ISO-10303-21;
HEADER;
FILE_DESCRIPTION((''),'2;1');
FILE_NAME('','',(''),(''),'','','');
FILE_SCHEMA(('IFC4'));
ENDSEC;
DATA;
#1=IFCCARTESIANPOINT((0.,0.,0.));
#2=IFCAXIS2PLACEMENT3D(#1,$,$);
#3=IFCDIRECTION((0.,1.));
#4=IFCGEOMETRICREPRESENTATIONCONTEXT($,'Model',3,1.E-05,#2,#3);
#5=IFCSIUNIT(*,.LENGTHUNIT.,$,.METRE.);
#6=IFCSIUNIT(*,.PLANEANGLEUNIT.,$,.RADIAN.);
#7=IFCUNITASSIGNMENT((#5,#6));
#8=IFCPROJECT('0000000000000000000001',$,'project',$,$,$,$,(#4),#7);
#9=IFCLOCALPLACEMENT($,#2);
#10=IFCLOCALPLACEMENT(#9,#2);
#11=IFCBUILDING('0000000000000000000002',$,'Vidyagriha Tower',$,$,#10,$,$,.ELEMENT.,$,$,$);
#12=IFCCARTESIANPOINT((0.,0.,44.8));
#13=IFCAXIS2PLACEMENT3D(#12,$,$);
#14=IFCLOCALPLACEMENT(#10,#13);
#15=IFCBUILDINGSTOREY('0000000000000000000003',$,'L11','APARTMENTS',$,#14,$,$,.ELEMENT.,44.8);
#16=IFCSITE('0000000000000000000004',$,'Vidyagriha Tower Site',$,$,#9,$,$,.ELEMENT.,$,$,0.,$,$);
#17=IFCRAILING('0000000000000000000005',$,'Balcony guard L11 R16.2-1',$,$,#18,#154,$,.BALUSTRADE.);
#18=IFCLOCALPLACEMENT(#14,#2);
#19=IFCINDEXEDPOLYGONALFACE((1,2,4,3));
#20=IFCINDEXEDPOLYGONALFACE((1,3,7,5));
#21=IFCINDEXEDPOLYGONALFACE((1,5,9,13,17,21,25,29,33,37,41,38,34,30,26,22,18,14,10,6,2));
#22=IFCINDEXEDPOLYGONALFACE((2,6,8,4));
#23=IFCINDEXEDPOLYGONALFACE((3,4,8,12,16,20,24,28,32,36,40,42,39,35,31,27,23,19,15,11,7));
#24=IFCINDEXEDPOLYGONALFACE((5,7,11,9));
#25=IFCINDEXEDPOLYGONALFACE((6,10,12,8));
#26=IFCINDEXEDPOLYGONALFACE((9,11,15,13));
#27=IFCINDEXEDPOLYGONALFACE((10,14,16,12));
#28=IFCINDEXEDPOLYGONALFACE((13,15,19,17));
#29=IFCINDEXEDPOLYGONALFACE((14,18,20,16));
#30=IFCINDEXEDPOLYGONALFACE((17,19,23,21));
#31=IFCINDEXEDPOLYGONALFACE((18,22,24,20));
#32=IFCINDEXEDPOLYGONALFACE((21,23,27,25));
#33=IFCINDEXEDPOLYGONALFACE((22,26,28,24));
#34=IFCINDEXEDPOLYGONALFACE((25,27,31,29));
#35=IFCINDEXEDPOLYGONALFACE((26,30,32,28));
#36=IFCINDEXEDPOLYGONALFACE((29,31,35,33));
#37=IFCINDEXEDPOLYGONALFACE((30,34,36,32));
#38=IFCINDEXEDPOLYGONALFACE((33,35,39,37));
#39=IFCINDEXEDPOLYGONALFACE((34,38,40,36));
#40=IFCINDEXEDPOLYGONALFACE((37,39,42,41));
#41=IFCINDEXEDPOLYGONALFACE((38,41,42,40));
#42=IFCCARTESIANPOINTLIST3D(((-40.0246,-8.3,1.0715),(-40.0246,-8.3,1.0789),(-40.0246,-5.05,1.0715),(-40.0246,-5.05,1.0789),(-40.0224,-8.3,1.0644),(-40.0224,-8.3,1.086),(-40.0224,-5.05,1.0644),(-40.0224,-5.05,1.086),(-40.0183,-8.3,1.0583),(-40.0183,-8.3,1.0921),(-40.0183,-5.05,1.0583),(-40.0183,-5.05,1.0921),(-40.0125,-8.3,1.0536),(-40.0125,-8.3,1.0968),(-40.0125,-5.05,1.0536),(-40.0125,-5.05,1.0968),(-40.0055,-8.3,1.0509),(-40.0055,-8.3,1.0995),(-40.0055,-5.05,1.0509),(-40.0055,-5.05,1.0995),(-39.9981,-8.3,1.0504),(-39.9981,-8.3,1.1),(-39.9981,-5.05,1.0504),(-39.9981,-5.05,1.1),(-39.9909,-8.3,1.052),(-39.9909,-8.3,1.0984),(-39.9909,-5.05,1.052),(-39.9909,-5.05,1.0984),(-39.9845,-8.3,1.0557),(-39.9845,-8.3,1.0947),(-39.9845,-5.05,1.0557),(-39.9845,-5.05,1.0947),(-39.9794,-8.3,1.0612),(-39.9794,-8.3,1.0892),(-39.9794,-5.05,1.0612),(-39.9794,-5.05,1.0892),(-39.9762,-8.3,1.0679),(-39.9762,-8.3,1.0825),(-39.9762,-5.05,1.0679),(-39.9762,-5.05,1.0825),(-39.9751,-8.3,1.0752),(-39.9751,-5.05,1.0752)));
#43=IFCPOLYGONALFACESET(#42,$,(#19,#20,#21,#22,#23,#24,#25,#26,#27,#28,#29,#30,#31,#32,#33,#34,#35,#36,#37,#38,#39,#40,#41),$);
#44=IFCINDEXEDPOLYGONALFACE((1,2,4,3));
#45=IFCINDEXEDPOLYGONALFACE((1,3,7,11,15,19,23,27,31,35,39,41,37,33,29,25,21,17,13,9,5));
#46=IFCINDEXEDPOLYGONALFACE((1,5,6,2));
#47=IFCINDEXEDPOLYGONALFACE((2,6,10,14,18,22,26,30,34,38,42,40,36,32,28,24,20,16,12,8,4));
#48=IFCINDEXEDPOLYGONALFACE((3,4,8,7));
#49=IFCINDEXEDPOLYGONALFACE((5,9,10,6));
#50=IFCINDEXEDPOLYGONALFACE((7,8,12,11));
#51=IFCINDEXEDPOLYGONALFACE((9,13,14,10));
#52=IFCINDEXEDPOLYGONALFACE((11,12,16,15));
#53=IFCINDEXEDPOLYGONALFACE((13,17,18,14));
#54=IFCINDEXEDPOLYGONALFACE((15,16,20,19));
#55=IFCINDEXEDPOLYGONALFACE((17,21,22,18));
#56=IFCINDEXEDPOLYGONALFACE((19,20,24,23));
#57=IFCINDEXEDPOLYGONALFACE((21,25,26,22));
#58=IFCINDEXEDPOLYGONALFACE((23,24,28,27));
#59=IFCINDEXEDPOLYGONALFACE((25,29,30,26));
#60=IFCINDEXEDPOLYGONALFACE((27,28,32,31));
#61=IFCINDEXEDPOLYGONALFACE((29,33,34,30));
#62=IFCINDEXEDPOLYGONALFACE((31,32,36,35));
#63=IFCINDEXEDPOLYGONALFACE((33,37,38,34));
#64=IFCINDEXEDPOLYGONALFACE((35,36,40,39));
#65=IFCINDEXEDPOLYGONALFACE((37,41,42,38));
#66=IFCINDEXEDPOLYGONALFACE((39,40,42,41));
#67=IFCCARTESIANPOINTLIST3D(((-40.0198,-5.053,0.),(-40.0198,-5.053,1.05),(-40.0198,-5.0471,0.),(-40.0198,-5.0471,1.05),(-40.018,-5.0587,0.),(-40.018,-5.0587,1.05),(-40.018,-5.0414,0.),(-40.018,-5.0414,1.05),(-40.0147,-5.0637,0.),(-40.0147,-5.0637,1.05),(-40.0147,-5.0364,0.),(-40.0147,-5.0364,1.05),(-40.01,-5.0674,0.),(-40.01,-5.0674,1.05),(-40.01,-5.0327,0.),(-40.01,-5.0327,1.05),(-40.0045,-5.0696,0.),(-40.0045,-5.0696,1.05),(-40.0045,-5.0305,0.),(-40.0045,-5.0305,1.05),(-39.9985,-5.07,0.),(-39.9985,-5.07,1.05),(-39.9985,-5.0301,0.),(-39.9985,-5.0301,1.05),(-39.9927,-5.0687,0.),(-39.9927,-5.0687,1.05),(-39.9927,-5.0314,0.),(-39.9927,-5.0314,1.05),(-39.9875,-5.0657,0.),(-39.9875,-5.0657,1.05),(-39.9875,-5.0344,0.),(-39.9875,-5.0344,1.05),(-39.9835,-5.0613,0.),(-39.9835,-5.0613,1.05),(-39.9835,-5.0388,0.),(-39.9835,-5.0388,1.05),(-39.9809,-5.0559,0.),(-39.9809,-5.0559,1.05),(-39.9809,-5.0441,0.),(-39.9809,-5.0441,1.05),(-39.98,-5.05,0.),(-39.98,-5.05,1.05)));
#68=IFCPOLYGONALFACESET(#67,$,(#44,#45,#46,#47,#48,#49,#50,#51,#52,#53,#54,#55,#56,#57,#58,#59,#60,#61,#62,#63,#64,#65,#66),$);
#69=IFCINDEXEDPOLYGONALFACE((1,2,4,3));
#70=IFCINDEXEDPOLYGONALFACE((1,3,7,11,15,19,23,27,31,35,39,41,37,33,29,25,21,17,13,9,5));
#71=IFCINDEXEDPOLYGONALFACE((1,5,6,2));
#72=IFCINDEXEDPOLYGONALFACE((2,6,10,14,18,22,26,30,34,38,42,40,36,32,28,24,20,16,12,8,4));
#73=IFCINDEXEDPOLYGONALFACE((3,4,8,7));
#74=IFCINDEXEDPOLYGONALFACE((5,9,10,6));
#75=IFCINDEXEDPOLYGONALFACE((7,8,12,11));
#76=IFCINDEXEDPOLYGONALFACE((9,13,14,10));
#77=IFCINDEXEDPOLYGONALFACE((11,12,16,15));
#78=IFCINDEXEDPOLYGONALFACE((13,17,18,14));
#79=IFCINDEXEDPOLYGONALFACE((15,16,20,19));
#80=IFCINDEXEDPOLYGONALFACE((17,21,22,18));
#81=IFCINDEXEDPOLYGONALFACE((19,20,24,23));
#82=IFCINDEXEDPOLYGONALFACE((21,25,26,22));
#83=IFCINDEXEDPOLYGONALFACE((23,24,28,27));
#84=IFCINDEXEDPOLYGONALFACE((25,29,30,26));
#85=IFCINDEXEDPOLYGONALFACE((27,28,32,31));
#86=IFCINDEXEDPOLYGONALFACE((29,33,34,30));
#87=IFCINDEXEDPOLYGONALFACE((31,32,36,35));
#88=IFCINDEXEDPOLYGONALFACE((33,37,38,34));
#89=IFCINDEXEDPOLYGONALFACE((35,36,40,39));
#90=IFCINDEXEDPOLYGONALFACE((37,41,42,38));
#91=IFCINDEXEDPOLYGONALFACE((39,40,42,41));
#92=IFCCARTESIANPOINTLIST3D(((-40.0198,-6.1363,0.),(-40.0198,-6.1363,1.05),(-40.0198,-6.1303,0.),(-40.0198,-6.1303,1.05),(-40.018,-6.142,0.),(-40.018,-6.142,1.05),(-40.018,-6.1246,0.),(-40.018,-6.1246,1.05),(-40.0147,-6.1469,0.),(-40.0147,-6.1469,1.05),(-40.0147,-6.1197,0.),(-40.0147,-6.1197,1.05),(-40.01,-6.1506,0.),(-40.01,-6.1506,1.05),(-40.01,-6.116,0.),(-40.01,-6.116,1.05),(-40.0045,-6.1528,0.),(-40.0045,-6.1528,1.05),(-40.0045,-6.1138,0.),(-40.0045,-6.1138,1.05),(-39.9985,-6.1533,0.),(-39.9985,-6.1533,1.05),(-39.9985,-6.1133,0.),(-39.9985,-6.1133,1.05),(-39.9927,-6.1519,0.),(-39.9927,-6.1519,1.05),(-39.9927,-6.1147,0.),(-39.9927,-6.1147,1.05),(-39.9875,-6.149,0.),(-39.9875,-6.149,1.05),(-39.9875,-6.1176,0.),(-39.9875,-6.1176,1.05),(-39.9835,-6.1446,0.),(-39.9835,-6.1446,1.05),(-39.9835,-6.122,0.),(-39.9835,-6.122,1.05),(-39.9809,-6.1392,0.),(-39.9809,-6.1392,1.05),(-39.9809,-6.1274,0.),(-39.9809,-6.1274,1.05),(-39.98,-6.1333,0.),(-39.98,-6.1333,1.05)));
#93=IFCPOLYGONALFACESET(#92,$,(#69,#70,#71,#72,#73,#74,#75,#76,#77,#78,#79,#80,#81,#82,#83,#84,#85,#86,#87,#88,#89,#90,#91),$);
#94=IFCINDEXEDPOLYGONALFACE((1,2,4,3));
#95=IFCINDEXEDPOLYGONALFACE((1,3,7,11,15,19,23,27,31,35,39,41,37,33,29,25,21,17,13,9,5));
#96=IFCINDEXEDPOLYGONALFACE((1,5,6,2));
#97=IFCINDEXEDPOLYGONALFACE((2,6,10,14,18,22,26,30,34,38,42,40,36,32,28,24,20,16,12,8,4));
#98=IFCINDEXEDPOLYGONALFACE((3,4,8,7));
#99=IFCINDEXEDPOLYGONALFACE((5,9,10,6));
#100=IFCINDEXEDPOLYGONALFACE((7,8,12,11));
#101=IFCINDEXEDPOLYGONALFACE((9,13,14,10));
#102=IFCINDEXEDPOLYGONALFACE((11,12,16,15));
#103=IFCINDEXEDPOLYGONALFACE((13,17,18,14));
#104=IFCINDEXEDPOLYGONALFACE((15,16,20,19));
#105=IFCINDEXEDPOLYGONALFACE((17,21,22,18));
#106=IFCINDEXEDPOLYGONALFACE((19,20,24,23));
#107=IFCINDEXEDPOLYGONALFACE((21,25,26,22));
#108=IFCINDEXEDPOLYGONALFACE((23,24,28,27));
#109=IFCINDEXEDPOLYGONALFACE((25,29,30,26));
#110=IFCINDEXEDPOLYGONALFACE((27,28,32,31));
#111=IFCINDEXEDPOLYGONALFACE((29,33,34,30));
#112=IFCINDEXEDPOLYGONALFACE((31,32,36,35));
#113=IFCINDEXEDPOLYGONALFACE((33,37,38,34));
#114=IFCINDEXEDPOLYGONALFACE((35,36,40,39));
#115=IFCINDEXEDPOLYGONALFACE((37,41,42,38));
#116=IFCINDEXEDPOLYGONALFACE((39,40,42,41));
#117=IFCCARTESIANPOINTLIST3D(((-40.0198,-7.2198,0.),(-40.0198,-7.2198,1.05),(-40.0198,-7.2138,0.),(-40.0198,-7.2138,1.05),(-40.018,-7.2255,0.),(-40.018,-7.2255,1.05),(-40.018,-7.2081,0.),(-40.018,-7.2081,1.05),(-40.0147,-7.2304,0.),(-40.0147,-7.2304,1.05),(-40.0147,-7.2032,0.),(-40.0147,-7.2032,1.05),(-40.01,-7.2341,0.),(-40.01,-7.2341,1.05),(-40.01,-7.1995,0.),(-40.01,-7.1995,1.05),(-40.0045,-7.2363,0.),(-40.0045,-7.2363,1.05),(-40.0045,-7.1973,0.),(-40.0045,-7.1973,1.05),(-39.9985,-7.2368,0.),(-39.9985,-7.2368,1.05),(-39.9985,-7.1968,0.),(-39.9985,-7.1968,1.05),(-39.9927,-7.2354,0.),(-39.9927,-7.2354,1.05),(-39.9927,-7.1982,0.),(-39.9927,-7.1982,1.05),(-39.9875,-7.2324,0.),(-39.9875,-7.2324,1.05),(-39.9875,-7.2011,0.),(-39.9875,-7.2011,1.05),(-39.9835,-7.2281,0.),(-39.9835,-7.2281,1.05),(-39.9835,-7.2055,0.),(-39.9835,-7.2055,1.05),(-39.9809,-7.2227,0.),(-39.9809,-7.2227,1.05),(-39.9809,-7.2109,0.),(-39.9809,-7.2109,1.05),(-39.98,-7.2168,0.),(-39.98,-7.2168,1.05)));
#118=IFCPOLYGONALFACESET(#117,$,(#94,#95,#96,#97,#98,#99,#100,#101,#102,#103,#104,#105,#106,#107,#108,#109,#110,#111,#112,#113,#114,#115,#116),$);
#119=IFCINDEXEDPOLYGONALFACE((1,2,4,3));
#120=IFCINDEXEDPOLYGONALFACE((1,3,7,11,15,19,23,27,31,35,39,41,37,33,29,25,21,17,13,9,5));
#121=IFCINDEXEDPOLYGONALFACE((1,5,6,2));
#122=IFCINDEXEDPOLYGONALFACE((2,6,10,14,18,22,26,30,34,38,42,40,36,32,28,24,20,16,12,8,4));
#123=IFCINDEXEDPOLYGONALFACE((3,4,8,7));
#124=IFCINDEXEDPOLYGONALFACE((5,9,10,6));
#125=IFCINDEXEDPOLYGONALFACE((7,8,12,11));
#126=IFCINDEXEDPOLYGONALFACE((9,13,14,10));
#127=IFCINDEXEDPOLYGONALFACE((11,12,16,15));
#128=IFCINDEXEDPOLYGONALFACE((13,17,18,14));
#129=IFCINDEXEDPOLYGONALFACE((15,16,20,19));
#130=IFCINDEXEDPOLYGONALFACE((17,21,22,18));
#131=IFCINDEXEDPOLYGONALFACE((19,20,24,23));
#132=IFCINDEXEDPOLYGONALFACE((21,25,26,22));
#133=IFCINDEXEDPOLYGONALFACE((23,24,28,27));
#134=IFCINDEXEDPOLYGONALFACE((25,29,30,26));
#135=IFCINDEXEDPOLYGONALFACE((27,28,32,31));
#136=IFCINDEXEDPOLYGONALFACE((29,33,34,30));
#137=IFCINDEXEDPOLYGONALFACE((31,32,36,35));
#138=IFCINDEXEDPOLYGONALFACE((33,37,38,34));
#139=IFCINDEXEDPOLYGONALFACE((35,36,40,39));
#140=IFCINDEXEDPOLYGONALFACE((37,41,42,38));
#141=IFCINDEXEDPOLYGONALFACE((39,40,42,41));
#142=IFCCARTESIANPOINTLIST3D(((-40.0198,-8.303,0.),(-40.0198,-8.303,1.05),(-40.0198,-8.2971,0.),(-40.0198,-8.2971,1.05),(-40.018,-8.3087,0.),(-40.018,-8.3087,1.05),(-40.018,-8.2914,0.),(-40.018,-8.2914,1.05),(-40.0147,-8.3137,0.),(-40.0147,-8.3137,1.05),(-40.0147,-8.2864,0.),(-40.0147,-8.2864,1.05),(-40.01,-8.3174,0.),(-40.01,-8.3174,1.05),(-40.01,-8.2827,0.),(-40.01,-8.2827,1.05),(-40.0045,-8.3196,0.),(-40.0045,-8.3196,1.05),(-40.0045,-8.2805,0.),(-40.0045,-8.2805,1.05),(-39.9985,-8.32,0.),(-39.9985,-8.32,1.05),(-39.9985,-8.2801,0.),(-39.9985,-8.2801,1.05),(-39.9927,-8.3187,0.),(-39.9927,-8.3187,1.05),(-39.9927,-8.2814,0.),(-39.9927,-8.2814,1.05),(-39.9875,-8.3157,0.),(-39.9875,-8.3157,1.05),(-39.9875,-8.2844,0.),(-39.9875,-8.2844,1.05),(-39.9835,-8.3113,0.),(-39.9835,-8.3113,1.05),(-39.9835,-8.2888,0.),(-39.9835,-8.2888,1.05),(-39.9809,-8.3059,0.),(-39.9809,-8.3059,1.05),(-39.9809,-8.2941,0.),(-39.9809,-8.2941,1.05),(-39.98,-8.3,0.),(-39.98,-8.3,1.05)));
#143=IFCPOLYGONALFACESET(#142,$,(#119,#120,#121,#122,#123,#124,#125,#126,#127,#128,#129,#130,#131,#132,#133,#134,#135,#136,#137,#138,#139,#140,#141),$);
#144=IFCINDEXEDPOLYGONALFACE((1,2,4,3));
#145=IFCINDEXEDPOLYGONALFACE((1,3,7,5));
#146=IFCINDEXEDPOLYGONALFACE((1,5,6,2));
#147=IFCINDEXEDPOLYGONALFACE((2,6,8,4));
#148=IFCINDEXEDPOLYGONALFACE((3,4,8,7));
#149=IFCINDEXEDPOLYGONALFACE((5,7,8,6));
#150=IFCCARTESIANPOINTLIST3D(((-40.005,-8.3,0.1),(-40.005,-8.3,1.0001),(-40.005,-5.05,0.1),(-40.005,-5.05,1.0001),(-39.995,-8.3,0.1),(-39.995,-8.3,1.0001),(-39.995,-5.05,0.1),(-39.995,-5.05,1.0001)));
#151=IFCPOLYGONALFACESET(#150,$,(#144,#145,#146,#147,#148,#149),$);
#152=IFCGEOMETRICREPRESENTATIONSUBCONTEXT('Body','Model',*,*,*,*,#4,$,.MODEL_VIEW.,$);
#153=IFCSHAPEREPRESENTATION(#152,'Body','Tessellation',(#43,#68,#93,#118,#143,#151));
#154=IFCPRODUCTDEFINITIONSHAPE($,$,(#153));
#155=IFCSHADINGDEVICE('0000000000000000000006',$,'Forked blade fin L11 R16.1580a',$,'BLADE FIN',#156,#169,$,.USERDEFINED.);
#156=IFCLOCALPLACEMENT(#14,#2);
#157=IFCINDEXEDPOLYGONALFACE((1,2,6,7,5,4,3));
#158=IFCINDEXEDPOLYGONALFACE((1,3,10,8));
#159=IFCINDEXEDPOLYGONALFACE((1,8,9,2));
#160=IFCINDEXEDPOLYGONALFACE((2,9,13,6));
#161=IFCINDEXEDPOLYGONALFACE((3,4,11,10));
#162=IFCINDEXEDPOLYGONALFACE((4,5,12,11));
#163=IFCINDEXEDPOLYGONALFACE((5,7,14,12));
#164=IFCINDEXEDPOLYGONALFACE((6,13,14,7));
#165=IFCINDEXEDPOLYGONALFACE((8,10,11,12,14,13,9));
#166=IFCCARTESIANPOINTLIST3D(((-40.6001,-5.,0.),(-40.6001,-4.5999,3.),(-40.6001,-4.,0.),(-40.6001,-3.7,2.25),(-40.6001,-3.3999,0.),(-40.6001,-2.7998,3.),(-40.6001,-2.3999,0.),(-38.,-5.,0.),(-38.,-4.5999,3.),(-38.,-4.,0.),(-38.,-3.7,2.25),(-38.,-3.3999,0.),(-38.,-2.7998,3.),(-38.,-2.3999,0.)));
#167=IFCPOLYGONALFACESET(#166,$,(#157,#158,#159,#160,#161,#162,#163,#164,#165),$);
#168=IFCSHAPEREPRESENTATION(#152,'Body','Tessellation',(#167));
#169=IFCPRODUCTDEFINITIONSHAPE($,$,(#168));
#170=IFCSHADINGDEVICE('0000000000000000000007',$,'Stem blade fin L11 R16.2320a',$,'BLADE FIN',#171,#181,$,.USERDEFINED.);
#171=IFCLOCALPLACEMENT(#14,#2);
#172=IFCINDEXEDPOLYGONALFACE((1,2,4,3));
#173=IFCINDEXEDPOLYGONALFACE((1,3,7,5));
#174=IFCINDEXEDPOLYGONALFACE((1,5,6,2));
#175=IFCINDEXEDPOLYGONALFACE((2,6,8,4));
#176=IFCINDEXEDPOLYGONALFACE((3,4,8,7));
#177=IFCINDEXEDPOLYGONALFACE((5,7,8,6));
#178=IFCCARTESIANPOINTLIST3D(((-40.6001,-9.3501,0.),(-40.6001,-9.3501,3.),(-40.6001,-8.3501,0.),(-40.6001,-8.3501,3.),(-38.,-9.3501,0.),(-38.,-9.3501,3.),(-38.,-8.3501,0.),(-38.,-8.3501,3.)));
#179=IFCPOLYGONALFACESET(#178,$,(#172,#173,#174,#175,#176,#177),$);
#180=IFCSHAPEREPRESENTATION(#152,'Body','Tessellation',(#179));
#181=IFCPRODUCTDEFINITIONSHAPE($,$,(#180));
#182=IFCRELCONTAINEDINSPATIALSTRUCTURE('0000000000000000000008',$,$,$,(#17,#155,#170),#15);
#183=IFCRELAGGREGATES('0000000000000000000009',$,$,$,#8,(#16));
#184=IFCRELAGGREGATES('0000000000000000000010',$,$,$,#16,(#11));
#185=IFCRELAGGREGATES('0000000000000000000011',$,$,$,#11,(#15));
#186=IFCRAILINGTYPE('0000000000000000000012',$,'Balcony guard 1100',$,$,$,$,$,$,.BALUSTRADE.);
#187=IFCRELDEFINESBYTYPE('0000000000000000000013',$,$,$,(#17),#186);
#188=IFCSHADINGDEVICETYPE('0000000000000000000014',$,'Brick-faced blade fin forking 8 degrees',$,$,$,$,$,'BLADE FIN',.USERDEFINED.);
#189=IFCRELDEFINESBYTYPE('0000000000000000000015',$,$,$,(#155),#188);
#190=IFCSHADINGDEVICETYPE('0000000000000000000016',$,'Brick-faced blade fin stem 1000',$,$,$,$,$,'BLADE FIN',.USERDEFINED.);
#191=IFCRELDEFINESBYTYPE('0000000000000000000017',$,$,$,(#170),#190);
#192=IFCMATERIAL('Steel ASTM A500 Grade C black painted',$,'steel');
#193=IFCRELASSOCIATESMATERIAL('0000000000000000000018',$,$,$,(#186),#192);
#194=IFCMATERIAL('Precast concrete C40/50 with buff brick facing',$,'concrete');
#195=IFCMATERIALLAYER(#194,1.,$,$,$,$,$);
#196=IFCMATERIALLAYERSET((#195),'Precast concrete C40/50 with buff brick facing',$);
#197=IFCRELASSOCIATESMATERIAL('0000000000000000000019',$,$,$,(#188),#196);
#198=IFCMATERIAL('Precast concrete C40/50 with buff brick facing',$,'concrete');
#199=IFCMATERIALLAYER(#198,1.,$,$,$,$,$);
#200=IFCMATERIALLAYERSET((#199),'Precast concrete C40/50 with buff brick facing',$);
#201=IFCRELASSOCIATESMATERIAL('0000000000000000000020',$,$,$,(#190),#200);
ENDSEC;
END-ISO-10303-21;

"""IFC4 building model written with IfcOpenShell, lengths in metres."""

from ifc_helpers import new_model, si_unit, direction, frame, origin, origin_2d, place, context, subcontext, project, spatial, polyline, rectangle, circle, outline, extrude, material, layer, layer_set, type_object, element, save


model = new_model("IFC4")

# Units and contexts
model_context = context("Model", 3, precision=1e-05, world=origin(), true_north=direction((0.0, 1.0)))
body_context = subcontext(model_context, "Body", "Model", "MODEL_VIEW")
ifc_project = project(units=[si_unit("LENGTHUNIT", "METRE"), si_unit("PLANEANGLEUNIT", "RADIAN")], contexts=[model_context])

# Site, building, storey
site_placement = place(None, origin())
site = spatial("IfcSite", under=ifc_project, at=site_placement, Name="Vidyagriha Tower Site", CompositionType="ELEMENT", RefElevation=0.0)
building_placement = place(site_placement, origin())
building = spatial("IfcBuilding", under=site, at=building_placement, Name="Vidyagriha Tower", CompositionType="ELEMENT")
storey_placement = place(building_placement, frame((0.0, 0.0, 44.8)))
storey = spatial("IfcBuildingStorey", under=building, at=storey_placement, Name="L11", Description="APARTMENTS", CompositionType="ELEMENT", Elevation=44.8)

# Railing
ifc_material_1 = material(Name="Steel ASTM A500 Grade C black painted", Category="steel")
railing_type_1 = type_object("IfcRailingType", Name="Balcony guard 1100", PredefinedType="BALUSTRADE", material=ifc_material_1)
railing_1_placement = place(storey_placement, frame((-40.0, -5.05, 0.0)))
element("IfcRailing", 1, at=railing_1_placement, inside=storey, type_object=railing_type_1, Name="Balcony guard L11 R16.2-1", PredefinedType="BALUSTRADE", context=body_context, shape_type="SweptSolid", body=[
    extrude(circle(Radius=0.0249, at=origin_2d()), frame((0.0, 0.0, 1.0752), z_axis=(0.0, -1.0, 0.0), x_axis=(1.0, 0.0, 0.0)), (0.0, 0.0, 1.0), 3.25),
    extrude(circle(Radius=0.02, at=origin_2d()), origin(), (0.0, 0.0, 1.0), 1.05),
    extrude(circle(Radius=0.02, at=origin_2d()), frame((0.0, -1.0833, 0.0)), (0.0, 0.0, 1.0), 1.05),
    extrude(circle(Radius=0.02, at=origin_2d()), frame((0.0, -2.1667, 0.0)), (0.0, 0.0, 1.0), 1.05),
    extrude(circle(Radius=0.02, at=origin_2d()), frame((0.0, -3.25, 0.0)), (0.0, 0.0, 1.0), 1.05),
    extrude(rectangle(XDim=0.01, YDim=0.9001, at=origin_2d()), frame((0.0, 0.0, 0.55), z_axis=(0.0, -1.0, 0.0), x_axis=(1.0, 0.0, 0.0)), (0.0, 0.0, 1.0), 3.25),
])

# Shading devices
ifc_material_2 = material(Name="Precast concrete C40/50 with buff brick facing", Category="concrete")
ifc_layer_1 = layer(ifc_material_2, 1.0)
ifc_layer_set_1 = layer_set([ifc_layer_1], Name="Precast concrete C40/50 with buff brick facing")
shading_device_type_1 = type_object("IfcShadingDeviceType", Name="Brick-faced blade fin forking 8 degrees", ElementType="BLADE FIN", PredefinedType="USERDEFINED", material=ifc_layer_set_1)
shading_device_1_placement = place(storey_placement, frame((-39.3, -2.3999, 0.0), z_axis=(0.0, 0.0, 1.0), x_axis=(0.0, -1.0, 0.0)))
element("IfcShadingDevice", 2, at=shading_device_1_placement, inside=storey, type_object=shading_device_type_1, Name="Forked blade fin L11 R16.1580a", ObjectType="BLADE FIN", PredefinedType="USERDEFINED", context=body_context, shape_type="SweptSolid", body=[
    extrude(outline(polyline([(1.0, 0.0), (1.3, 2.25), (1.6001, 0.0), (2.6001, 0.0), (2.2, 3.0), (0.3999, 3.0), (0.0, 0.0), (1.0, 0.0)])), frame((0.0, 1.3, 0.0), z_axis=(0.0, -1.0, 0.0), x_axis=(1.0, 0.0, 0.0)), (0.0, 0.0, 1.0), 2.6001),
])
ifc_material_3 = material(Name="Precast concrete C40/50 with buff brick facing", Category="concrete")
ifc_layer_2 = layer(ifc_material_3, 1.0)
ifc_layer_set_2 = layer_set([ifc_layer_2], Name="Precast concrete C40/50 with buff brick facing")
shading_device_type_2 = type_object("IfcShadingDeviceType", Name="Brick-faced blade fin stem 1000", ElementType="BLADE FIN", PredefinedType="USERDEFINED", material=ifc_layer_set_2)
shading_device_2_placement = place(storey_placement, frame((-39.3, -8.3501, 0.0), z_axis=(0.0, 0.0, 1.0), x_axis=(0.0, -1.0, 0.0)))
element("IfcShadingDevice", 3, at=shading_device_2_placement, inside=storey, type_object=shading_device_type_2, Name="Stem blade fin L11 R16.2320a", ObjectType="BLADE FIN", PredefinedType="USERDEFINED", context=body_context, shape_type="SweptSolid", body=[
    extrude(outline(polyline([(0.0, 0.0), (1.0, 0.0), (1.0, 3.0), (0.0, 3.0), (0.0, 0.0)])), frame((0.0, 1.3, 0.0), z_axis=(0.0, -1.0, 0.0), x_axis=(1.0, 0.0, 0.0)), (0.0, 0.0, 1.0), 2.6001),
])

save(model, "model.ifc")
